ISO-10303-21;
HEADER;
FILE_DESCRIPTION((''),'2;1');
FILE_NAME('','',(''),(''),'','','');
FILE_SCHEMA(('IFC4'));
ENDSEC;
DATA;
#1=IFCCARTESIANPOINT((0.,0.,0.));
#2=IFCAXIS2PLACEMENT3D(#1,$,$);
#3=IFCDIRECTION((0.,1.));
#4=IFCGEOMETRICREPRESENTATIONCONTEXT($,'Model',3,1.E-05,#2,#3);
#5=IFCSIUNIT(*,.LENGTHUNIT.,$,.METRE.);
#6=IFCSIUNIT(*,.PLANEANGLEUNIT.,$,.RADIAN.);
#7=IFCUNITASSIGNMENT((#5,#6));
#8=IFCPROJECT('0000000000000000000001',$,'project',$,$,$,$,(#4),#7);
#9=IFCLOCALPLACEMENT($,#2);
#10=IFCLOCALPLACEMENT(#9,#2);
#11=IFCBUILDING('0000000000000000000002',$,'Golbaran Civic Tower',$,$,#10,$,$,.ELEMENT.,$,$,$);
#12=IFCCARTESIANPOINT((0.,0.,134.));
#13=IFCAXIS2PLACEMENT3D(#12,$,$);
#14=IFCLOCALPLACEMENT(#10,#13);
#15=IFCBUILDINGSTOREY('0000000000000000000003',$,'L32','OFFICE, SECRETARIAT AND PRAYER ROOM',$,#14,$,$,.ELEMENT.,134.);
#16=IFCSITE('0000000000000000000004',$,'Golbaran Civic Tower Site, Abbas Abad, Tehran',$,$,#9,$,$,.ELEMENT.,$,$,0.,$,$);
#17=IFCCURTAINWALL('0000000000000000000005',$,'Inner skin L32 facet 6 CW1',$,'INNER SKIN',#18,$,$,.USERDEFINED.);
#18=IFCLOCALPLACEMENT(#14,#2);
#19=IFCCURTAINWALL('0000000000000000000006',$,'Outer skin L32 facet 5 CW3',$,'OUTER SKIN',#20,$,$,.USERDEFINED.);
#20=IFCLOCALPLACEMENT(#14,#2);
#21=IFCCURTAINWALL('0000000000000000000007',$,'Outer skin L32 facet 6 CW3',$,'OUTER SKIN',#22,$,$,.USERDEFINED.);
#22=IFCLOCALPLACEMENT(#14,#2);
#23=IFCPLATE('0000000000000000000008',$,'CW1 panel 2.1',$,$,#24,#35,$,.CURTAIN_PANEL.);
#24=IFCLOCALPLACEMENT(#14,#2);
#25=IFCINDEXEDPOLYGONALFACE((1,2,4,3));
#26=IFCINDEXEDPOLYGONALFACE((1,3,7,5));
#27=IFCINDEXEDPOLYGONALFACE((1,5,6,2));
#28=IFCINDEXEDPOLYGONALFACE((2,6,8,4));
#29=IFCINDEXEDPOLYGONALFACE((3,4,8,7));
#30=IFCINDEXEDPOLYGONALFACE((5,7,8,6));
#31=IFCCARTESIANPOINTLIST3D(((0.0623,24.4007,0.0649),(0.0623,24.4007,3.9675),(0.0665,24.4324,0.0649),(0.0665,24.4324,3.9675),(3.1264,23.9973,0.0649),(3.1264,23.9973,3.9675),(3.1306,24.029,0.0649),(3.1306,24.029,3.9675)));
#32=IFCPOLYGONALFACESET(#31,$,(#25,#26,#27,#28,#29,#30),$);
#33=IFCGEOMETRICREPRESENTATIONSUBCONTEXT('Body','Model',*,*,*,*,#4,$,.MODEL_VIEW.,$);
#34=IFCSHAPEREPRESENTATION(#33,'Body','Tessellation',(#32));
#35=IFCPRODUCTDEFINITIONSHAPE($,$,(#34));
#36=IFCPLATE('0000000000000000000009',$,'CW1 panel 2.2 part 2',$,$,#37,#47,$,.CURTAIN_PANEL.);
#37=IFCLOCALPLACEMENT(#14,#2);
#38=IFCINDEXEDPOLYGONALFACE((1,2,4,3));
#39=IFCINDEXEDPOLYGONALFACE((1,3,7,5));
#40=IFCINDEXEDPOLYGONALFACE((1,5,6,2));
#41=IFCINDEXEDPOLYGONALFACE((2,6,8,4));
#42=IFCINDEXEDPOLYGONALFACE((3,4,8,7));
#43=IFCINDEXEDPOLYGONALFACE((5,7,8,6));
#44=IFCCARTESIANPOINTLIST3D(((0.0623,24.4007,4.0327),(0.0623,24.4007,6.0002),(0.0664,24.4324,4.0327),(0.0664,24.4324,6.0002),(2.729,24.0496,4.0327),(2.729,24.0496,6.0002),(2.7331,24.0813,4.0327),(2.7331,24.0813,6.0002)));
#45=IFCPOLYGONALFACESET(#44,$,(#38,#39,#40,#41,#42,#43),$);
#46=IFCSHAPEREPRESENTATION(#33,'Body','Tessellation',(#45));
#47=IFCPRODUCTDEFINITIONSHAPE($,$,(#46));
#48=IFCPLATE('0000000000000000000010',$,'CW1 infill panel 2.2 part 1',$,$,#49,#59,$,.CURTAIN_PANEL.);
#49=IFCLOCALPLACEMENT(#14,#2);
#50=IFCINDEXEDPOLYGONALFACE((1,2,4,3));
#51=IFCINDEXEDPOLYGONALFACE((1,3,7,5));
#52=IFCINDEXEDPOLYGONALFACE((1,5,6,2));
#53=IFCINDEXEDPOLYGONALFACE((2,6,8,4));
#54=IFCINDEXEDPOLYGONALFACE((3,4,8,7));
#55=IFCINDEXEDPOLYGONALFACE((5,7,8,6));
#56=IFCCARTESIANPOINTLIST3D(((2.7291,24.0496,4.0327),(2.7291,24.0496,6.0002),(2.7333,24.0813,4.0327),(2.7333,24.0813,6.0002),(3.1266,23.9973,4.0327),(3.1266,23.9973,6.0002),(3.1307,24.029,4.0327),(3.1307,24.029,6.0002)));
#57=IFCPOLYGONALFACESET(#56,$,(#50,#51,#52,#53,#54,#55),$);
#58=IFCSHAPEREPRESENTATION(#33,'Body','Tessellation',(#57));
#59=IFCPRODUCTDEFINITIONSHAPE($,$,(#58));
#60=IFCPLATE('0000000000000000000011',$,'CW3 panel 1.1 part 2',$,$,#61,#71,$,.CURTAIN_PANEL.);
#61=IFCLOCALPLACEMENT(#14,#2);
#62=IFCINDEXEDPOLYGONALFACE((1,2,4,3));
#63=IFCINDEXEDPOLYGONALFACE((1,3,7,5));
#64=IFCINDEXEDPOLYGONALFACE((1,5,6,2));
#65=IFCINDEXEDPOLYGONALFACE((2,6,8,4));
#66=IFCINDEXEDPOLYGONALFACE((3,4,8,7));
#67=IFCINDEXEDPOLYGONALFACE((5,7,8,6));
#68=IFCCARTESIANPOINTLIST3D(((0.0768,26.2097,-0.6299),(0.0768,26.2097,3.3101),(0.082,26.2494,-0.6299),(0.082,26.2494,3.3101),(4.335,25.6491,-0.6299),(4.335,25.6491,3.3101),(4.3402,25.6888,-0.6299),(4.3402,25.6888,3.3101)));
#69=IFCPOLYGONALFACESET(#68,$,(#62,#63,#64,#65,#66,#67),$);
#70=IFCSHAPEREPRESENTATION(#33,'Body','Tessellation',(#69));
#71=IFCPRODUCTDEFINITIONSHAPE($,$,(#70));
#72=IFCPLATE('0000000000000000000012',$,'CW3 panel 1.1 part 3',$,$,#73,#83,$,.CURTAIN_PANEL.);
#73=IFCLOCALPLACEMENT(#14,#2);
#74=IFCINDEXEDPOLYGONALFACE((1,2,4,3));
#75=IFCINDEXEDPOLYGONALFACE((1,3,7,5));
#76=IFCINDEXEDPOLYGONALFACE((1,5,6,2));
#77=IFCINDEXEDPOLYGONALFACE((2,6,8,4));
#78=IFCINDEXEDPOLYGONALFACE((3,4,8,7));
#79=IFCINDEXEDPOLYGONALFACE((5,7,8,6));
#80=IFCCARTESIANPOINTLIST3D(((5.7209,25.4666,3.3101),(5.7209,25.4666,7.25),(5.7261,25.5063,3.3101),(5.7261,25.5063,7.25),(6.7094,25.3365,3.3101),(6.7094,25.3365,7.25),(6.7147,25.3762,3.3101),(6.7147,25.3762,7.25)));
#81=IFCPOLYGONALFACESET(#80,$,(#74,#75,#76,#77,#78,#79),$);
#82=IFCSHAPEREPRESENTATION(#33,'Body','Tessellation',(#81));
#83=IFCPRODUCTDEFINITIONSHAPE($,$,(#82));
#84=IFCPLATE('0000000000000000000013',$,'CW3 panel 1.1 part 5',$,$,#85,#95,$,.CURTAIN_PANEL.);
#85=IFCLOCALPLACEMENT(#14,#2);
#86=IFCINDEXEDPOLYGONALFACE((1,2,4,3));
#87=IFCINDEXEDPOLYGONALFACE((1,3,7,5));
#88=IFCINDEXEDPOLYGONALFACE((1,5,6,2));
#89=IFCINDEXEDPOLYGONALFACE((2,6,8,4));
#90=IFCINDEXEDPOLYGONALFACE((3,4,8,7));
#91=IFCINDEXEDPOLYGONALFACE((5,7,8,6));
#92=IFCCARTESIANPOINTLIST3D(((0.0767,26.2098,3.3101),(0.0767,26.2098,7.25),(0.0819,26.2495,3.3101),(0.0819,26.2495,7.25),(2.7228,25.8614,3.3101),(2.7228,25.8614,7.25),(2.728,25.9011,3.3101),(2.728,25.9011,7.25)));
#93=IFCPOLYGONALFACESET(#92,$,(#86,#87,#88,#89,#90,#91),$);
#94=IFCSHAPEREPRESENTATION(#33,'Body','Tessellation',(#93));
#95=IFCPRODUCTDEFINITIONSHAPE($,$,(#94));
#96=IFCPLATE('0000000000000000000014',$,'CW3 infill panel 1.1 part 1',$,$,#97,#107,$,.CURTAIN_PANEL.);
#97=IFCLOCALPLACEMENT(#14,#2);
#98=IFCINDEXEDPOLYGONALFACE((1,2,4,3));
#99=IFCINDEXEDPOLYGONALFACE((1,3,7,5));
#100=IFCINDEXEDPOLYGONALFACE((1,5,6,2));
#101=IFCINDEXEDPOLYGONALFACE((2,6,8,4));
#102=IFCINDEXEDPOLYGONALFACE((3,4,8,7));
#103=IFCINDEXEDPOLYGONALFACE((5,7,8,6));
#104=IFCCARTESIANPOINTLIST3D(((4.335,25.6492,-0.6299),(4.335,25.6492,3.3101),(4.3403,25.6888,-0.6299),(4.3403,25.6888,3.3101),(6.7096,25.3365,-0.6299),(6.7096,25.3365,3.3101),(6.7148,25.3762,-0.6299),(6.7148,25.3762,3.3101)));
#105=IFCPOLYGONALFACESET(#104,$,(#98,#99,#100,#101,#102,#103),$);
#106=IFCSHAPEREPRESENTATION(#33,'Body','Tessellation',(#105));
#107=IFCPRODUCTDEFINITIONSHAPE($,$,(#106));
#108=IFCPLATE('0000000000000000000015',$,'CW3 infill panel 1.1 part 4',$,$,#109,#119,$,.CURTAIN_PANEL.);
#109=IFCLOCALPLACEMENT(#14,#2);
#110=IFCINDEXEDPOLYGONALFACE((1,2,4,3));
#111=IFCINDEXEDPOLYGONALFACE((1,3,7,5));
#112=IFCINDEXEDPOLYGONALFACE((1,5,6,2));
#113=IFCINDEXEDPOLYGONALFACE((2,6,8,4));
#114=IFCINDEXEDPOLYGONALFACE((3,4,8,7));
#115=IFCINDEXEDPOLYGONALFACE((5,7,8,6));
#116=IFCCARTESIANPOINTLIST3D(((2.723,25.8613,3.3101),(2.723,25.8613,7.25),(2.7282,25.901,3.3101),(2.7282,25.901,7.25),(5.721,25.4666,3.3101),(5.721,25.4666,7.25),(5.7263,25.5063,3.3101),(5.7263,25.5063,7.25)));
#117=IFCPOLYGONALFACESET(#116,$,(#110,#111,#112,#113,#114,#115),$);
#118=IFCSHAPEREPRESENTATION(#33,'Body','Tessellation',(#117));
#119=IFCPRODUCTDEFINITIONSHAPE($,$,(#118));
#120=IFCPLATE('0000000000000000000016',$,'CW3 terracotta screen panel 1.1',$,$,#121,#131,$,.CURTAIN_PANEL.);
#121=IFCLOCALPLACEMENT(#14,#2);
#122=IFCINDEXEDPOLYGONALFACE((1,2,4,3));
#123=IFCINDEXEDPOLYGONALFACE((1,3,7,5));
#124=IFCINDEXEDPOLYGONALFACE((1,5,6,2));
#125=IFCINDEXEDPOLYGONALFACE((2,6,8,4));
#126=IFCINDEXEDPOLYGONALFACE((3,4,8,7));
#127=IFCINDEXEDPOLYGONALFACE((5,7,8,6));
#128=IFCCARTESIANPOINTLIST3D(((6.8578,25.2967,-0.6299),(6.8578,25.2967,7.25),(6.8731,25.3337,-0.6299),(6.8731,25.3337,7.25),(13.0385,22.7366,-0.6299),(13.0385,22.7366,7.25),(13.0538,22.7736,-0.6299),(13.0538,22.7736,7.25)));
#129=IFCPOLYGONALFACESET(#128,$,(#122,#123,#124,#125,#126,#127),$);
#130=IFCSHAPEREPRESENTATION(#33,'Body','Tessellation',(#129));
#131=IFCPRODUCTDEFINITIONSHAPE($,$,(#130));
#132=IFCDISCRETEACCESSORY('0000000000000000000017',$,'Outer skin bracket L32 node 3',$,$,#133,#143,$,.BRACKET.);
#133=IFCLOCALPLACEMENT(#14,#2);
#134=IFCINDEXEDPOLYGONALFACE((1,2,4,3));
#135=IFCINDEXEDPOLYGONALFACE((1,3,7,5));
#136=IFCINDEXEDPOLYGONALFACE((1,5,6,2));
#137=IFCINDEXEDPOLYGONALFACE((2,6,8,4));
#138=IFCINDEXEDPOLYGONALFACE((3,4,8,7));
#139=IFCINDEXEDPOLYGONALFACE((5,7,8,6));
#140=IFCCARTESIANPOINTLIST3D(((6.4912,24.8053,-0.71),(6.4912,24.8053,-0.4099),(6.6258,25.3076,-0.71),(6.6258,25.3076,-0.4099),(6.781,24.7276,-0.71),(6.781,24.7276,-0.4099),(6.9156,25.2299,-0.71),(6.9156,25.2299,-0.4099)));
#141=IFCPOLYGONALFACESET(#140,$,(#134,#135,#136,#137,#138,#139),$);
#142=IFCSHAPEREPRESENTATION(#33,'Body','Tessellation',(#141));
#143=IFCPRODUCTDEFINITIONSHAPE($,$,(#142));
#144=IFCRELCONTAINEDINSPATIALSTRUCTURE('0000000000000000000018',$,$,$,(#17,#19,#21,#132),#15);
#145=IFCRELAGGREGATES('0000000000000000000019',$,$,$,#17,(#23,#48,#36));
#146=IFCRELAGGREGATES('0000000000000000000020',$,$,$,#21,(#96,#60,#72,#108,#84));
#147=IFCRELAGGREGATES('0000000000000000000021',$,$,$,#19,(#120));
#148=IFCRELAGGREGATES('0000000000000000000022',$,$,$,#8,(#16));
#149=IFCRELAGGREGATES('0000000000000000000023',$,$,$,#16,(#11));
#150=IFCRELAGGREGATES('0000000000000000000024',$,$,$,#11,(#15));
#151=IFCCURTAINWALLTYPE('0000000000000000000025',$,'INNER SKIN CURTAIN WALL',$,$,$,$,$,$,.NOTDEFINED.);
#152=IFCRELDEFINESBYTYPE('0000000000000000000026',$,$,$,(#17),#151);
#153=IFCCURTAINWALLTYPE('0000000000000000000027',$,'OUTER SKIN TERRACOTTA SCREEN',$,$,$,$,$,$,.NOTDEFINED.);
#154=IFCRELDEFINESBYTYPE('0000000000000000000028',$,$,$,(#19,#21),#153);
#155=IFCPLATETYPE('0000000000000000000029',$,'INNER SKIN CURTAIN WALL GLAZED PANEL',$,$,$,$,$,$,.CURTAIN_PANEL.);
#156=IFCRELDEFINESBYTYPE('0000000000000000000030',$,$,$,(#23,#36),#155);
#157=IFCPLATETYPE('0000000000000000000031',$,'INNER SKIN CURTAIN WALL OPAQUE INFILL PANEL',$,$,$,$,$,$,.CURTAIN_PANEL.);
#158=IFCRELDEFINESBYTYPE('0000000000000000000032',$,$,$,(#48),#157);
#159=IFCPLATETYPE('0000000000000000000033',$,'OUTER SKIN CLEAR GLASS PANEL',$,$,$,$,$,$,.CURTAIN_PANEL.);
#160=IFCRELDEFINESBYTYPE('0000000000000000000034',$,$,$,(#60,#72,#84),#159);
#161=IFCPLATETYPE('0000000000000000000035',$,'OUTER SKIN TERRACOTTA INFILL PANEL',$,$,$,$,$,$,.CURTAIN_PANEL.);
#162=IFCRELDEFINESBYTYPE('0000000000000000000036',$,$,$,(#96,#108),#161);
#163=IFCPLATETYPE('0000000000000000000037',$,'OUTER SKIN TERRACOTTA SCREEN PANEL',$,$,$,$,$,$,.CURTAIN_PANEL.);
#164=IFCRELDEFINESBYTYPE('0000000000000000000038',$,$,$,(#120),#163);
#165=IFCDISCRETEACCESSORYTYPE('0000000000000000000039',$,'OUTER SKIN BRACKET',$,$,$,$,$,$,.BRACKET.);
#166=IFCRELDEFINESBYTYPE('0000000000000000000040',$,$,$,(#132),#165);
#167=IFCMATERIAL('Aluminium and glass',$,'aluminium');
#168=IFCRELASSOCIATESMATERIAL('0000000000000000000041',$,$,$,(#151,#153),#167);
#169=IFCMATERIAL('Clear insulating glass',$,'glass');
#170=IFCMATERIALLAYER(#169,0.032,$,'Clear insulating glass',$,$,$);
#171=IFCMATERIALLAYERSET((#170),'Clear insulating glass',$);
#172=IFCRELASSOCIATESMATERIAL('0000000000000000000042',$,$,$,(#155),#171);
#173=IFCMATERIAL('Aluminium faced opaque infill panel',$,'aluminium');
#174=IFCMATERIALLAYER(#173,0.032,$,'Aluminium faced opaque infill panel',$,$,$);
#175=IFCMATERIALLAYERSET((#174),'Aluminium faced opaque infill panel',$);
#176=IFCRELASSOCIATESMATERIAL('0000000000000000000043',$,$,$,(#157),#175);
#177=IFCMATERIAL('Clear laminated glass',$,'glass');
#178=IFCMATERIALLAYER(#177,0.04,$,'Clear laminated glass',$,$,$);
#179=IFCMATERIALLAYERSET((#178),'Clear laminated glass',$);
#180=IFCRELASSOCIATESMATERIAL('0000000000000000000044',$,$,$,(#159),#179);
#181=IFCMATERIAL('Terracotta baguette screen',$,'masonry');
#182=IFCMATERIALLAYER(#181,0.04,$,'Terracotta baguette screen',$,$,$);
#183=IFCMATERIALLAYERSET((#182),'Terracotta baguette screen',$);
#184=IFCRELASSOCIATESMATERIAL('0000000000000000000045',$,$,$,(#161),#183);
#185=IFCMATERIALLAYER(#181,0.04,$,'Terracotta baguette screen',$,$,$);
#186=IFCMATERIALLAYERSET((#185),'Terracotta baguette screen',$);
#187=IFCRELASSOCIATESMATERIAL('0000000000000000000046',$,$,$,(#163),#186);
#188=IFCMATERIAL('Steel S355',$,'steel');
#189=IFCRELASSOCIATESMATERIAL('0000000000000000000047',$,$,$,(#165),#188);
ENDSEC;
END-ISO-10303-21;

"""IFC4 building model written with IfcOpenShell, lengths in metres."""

from ifc_helpers import new_model, si_unit, direction, frame, origin, origin_2d, place, context, subcontext, project, spatial, rectangle, extrude, material, layer, layer_set, type_object, element, aggregate, save


model = new_model("IFC4")

# Units and contexts
model_context = context("Model", 3, precision=1e-05, world=origin(), true_north=direction((0.0, 1.0)))
body_context = subcontext(model_context, "Body", "Model", "MODEL_VIEW")
ifc_project = project(units=[si_unit("LENGTHUNIT", "METRE"), si_unit("PLANEANGLEUNIT", "RADIAN")], contexts=[model_context])

# Site, building, storey
site_placement = place(None, origin())
site = spatial("IfcSite", under=ifc_project, at=site_placement, Name="Golbaran Civic Tower Site, Abbas Abad, Tehran", CompositionType="ELEMENT", RefElevation=0.0)
building_placement = place(site_placement, origin())
building = spatial("IfcBuilding", under=site, at=building_placement, Name="Golbaran Civic Tower", CompositionType="ELEMENT")
storey_placement = place(building_placement, frame((0.0, 0.0, 134.0)))
storey = spatial("IfcBuildingStorey", under=building, at=storey_placement, Name="L32", Description="OFFICE, SECRETARIAT AND PRAYER ROOM", CompositionType="ELEMENT", Elevation=134.0)

# Shared definitions
ifc_material_1 = material(Name="Steel S355", Category="steel")

# Curtain wall
ifc_material_2 = material(Name="Aluminium and glass", Category="aluminium")
curtain_wall_type_1 = type_object("IfcCurtainWallType", Name="INNER SKIN CURTAIN WALL", PredefinedType="NOTDEFINED", material=ifc_material_2)
curtain_wall_1_placement = place(storey_placement, origin())
curtain_wall_1 = element("IfcCurtainWall", 1, at=curtain_wall_1_placement, inside=storey, type_object=curtain_wall_type_1, Name="Inner skin L32 facet 6 CW1", ObjectType="INNER SKIN", PredefinedType="USERDEFINED")

# Curtain wall
curtain_wall_type_2 = type_object("IfcCurtainWallType", Name="OUTER SKIN TERRACOTTA SCREEN", PredefinedType="NOTDEFINED", material=ifc_material_2)
curtain_wall_2_placement = place(storey_placement, origin())
curtain_wall_2 = element("IfcCurtainWall", 2, at=curtain_wall_2_placement, inside=storey, type_object=curtain_wall_type_2, Name="Outer skin L32 facet 5 CW3", ObjectType="OUTER SKIN", PredefinedType="USERDEFINED")

# Curtain wall
curtain_wall_3_placement = place(storey_placement, origin())
curtain_wall_3 = element("IfcCurtainWall", 3, at=curtain_wall_3_placement, inside=storey, type_object=curtain_wall_type_2, Name="Outer skin L32 facet 6 CW3", ObjectType="OUTER SKIN", PredefinedType="USERDEFINED")

# Plates
ifc_material_3 = material(Name="Clear insulating glass", Category="glass")
ifc_layer_1 = layer(ifc_material_3, 0.032, Name="Clear insulating glass")
ifc_layer_set_1 = layer_set([ifc_layer_1], Name="Clear insulating glass")
plate_type_1 = type_object("IfcPlateType", Name="INNER SKIN CURTAIN WALL GLAZED PANEL", PredefinedType="CURTAIN_PANEL", material=ifc_layer_set_1)
plate_1_placement = place(storey_placement, frame((1.5964, 24.2148, 0.0649), z_axis=(0.0, 0.0, 1.0), x_axis=(-0.991445, 0.130526, 0.0)))
plate_1 = element("IfcPlate", 4, at=plate_1_placement, type_object=plate_type_1, Name="CW1 panel 2.1", PredefinedType="CURTAIN_PANEL", context=body_context, shape_type="SweptSolid", body=[
    extrude(rectangle(XDim=3.0906, YDim=0.032, at=origin_2d()), origin(), (0.0, 0.0, 1.0), 3.9026),
])
plate_2_placement = place(storey_placement, frame((1.3977, 24.241, 4.0327), z_axis=(0.0, 0.0, 1.0), x_axis=(-0.991445, 0.130526, 0.0)))
plate_2 = element("IfcPlate", 5, at=plate_2_placement, type_object=plate_type_1, Name="CW1 panel 2.2 part 2", PredefinedType="CURTAIN_PANEL", context=body_context, shape_type="SweptSolid", body=[
    extrude(rectangle(XDim=2.6897, YDim=0.032, at=origin_2d()), origin(), (0.0, 0.0, 1.0), 1.9675),
])
ifc_material_4 = material(Name="Aluminium faced opaque infill panel", Category="aluminium")
ifc_layer_2 = layer(ifc_material_4, 0.032, Name="Aluminium faced opaque infill panel")
ifc_layer_set_2 = layer_set([ifc_layer_2], Name="Aluminium faced opaque infill panel")
plate_type_2 = type_object("IfcPlateType", Name="INNER SKIN CURTAIN WALL OPAQUE INFILL PANEL", PredefinedType="CURTAIN_PANEL", material=ifc_layer_set_2)
plate_3_placement = place(storey_placement, frame((2.9299, 24.0393, 4.0327), z_axis=(0.0, 0.0, 1.0), x_axis=(-0.991445, 0.130526, 0.0)))
plate_3 = element("IfcPlate", 6, at=plate_3_placement, type_object=plate_type_2, Name="CW1 infill panel 2.2 part 1", PredefinedType="CURTAIN_PANEL", context=body_context, shape_type="SweptSolid", body=[
    extrude(rectangle(XDim=0.4009, YDim=0.032, at=origin_2d()), origin(), (0.0, 0.0, 1.0), 1.9675),
])
aggregate(curtain_wall_1, [plate_1, plate_3, plate_2])
ifc_material_5 = material(Name="Clear laminated glass", Category="glass")
ifc_layer_3 = layer(ifc_material_5, 0.04, Name="Clear laminated glass")
ifc_layer_set_3 = layer_set([ifc_layer_3], Name="Clear laminated glass")
plate_type_3 = type_object("IfcPlateType", Name="OUTER SKIN CLEAR GLASS PANEL", PredefinedType="CURTAIN_PANEL", material=ifc_layer_set_3)
plate_4_placement = place(storey_placement, frame((2.2085, 25.9492, -0.6299), z_axis=(0.0, 0.0, 1.0), x_axis=(-0.991445, 0.130526, 0.0)))
plate_4 = element("IfcPlate", 7, at=plate_4_placement, type_object=plate_type_3, Name="CW3 panel 1.1 part 2", PredefinedType="CURTAIN_PANEL", context=body_context, shape_type="SweptSolid", body=[
    extrude(rectangle(XDim=4.2949, YDim=0.04, at=origin_2d()), origin(), (0.0, 0.0, 1.0), 3.9399),
])
plate_5_placement = place(storey_placement, frame((6.2178, 25.4214, 3.3101), z_axis=(0.0, 0.0, 1.0), x_axis=(-0.991445, 0.130526, 0.0)))
plate_5 = element("IfcPlate", 8, at=plate_5_placement, type_object=plate_type_3, Name="CW3 panel 1.1 part 3", PredefinedType="CURTAIN_PANEL", context=body_context, shape_type="SweptSolid", body=[
    extrude(rectangle(XDim=0.9971, YDim=0.04, at=origin_2d()), origin(), (0.0, 0.0, 1.0), 3.9399),
])
plate_6_placement = place(storey_placement, frame((1.4023, 26.0554, 3.3101), z_axis=(0.0, 0.0, 1.0), x_axis=(-0.991445, 0.130526, 0.0)))
plate_6 = element("IfcPlate", 9, at=plate_6_placement, type_object=plate_type_3, Name="CW3 panel 1.1 part 5", PredefinedType="CURTAIN_PANEL", context=body_context, shape_type="SweptSolid", body=[
    extrude(rectangle(XDim=2.6689, YDim=0.04, at=origin_2d()), origin(), (0.0, 0.0, 1.0), 3.9399),
])
ifc_material_6 = material(Name="Terracotta baguette screen", Category="masonry")
ifc_layer_4 = layer(ifc_material_6, 0.04, Name="Terracotta baguette screen")
ifc_layer_set_4 = layer_set([ifc_layer_4], Name="Terracotta baguette screen")
plate_type_4 = type_object("IfcPlateType", Name="OUTER SKIN TERRACOTTA INFILL PANEL", PredefinedType="CURTAIN_PANEL", material=ifc_layer_set_4)
plate_7_placement = place(storey_placement, frame((5.5249, 25.5127, -0.6299), z_axis=(0.0, 0.0, 1.0), x_axis=(-0.991445, 0.130526, 0.0)))
plate_7 = element("IfcPlate", 10, at=plate_7_placement, type_object=plate_type_4, Name="CW3 infill panel 1.1 part 1", PredefinedType="CURTAIN_PANEL", context=body_context, shape_type="SweptSolid", body=[
    extrude(rectangle(XDim=2.395, YDim=0.04, at=origin_2d()), origin(), (0.0, 0.0, 1.0), 3.9399),
])
plate_8_placement = place(storey_placement, frame((4.2246, 25.6838, 3.3101), z_axis=(0.0, 0.0, 1.0), x_axis=(-0.991445, 0.130526, 0.0)))
plate_8 = element("IfcPlate", 11, at=plate_8_placement, type_object=plate_type_4, Name="CW3 infill panel 1.1 part 4", PredefinedType="CURTAIN_PANEL", context=body_context, shape_type="SweptSolid", body=[
    extrude(rectangle(XDim=3.0239, YDim=0.04, at=origin_2d()), origin(), (0.0, 0.0, 1.0), 3.9399),
])
aggregate(curtain_wall_3, [plate_7, plate_4, plate_5, plate_8, plate_6])
ifc_layer_5 = layer(ifc_material_6, 0.04, Name="Terracotta baguette screen")
ifc_layer_set_5 = layer_set([ifc_layer_5], Name="Terracotta baguette screen")
plate_type_5 = type_object("IfcPlateType", Name="OUTER SKIN TERRACOTTA SCREEN PANEL", PredefinedType="CURTAIN_PANEL", material=ifc_layer_set_5)
plate_9_placement = place(storey_placement, frame((9.9558, 24.0352, -0.6299), z_axis=(0.0, 0.0, 1.0), x_axis=(-0.92388, 0.382683, 0.0)))
plate_9 = element("IfcPlate", 12, at=plate_9_placement, type_object=plate_type_5, Name="CW3 terracotta screen panel 1.1", PredefinedType="CURTAIN_PANEL", context=body_context, shape_type="SweptSolid", body=[
    extrude(rectangle(XDim=6.6899, YDim=0.04, at=origin_2d()), origin(), (0.0, 0.0, 1.0), 7.8799),
])
aggregate(curtain_wall_2, [plate_9])

# Discrete accessory
discrete_accessory_type = type_object("IfcDiscreteAccessoryType", Name="OUTER SKIN BRACKET", PredefinedType="BRACKET", material=ifc_material_1)
discrete_accessory_placement = place(storey_placement, frame((6.7034, 25.0176, -0.71), z_axis=(0.0, 0.0, 1.0), x_axis=(0.258819, 0.965926, 0.0)))
element("IfcDiscreteAccessory", 13, at=discrete_accessory_placement, inside=storey, type_object=discrete_accessory_type, Name="Outer skin bracket L32 node 3", PredefinedType="BRACKET", context=body_context, shape_type="SweptSolid", body=[
    extrude(rectangle(XDim=0.52, YDim=0.3, at=origin_2d()), origin(), (0.0, 0.0, 1.0), 0.3),
])

save(model, "model.ifc")
